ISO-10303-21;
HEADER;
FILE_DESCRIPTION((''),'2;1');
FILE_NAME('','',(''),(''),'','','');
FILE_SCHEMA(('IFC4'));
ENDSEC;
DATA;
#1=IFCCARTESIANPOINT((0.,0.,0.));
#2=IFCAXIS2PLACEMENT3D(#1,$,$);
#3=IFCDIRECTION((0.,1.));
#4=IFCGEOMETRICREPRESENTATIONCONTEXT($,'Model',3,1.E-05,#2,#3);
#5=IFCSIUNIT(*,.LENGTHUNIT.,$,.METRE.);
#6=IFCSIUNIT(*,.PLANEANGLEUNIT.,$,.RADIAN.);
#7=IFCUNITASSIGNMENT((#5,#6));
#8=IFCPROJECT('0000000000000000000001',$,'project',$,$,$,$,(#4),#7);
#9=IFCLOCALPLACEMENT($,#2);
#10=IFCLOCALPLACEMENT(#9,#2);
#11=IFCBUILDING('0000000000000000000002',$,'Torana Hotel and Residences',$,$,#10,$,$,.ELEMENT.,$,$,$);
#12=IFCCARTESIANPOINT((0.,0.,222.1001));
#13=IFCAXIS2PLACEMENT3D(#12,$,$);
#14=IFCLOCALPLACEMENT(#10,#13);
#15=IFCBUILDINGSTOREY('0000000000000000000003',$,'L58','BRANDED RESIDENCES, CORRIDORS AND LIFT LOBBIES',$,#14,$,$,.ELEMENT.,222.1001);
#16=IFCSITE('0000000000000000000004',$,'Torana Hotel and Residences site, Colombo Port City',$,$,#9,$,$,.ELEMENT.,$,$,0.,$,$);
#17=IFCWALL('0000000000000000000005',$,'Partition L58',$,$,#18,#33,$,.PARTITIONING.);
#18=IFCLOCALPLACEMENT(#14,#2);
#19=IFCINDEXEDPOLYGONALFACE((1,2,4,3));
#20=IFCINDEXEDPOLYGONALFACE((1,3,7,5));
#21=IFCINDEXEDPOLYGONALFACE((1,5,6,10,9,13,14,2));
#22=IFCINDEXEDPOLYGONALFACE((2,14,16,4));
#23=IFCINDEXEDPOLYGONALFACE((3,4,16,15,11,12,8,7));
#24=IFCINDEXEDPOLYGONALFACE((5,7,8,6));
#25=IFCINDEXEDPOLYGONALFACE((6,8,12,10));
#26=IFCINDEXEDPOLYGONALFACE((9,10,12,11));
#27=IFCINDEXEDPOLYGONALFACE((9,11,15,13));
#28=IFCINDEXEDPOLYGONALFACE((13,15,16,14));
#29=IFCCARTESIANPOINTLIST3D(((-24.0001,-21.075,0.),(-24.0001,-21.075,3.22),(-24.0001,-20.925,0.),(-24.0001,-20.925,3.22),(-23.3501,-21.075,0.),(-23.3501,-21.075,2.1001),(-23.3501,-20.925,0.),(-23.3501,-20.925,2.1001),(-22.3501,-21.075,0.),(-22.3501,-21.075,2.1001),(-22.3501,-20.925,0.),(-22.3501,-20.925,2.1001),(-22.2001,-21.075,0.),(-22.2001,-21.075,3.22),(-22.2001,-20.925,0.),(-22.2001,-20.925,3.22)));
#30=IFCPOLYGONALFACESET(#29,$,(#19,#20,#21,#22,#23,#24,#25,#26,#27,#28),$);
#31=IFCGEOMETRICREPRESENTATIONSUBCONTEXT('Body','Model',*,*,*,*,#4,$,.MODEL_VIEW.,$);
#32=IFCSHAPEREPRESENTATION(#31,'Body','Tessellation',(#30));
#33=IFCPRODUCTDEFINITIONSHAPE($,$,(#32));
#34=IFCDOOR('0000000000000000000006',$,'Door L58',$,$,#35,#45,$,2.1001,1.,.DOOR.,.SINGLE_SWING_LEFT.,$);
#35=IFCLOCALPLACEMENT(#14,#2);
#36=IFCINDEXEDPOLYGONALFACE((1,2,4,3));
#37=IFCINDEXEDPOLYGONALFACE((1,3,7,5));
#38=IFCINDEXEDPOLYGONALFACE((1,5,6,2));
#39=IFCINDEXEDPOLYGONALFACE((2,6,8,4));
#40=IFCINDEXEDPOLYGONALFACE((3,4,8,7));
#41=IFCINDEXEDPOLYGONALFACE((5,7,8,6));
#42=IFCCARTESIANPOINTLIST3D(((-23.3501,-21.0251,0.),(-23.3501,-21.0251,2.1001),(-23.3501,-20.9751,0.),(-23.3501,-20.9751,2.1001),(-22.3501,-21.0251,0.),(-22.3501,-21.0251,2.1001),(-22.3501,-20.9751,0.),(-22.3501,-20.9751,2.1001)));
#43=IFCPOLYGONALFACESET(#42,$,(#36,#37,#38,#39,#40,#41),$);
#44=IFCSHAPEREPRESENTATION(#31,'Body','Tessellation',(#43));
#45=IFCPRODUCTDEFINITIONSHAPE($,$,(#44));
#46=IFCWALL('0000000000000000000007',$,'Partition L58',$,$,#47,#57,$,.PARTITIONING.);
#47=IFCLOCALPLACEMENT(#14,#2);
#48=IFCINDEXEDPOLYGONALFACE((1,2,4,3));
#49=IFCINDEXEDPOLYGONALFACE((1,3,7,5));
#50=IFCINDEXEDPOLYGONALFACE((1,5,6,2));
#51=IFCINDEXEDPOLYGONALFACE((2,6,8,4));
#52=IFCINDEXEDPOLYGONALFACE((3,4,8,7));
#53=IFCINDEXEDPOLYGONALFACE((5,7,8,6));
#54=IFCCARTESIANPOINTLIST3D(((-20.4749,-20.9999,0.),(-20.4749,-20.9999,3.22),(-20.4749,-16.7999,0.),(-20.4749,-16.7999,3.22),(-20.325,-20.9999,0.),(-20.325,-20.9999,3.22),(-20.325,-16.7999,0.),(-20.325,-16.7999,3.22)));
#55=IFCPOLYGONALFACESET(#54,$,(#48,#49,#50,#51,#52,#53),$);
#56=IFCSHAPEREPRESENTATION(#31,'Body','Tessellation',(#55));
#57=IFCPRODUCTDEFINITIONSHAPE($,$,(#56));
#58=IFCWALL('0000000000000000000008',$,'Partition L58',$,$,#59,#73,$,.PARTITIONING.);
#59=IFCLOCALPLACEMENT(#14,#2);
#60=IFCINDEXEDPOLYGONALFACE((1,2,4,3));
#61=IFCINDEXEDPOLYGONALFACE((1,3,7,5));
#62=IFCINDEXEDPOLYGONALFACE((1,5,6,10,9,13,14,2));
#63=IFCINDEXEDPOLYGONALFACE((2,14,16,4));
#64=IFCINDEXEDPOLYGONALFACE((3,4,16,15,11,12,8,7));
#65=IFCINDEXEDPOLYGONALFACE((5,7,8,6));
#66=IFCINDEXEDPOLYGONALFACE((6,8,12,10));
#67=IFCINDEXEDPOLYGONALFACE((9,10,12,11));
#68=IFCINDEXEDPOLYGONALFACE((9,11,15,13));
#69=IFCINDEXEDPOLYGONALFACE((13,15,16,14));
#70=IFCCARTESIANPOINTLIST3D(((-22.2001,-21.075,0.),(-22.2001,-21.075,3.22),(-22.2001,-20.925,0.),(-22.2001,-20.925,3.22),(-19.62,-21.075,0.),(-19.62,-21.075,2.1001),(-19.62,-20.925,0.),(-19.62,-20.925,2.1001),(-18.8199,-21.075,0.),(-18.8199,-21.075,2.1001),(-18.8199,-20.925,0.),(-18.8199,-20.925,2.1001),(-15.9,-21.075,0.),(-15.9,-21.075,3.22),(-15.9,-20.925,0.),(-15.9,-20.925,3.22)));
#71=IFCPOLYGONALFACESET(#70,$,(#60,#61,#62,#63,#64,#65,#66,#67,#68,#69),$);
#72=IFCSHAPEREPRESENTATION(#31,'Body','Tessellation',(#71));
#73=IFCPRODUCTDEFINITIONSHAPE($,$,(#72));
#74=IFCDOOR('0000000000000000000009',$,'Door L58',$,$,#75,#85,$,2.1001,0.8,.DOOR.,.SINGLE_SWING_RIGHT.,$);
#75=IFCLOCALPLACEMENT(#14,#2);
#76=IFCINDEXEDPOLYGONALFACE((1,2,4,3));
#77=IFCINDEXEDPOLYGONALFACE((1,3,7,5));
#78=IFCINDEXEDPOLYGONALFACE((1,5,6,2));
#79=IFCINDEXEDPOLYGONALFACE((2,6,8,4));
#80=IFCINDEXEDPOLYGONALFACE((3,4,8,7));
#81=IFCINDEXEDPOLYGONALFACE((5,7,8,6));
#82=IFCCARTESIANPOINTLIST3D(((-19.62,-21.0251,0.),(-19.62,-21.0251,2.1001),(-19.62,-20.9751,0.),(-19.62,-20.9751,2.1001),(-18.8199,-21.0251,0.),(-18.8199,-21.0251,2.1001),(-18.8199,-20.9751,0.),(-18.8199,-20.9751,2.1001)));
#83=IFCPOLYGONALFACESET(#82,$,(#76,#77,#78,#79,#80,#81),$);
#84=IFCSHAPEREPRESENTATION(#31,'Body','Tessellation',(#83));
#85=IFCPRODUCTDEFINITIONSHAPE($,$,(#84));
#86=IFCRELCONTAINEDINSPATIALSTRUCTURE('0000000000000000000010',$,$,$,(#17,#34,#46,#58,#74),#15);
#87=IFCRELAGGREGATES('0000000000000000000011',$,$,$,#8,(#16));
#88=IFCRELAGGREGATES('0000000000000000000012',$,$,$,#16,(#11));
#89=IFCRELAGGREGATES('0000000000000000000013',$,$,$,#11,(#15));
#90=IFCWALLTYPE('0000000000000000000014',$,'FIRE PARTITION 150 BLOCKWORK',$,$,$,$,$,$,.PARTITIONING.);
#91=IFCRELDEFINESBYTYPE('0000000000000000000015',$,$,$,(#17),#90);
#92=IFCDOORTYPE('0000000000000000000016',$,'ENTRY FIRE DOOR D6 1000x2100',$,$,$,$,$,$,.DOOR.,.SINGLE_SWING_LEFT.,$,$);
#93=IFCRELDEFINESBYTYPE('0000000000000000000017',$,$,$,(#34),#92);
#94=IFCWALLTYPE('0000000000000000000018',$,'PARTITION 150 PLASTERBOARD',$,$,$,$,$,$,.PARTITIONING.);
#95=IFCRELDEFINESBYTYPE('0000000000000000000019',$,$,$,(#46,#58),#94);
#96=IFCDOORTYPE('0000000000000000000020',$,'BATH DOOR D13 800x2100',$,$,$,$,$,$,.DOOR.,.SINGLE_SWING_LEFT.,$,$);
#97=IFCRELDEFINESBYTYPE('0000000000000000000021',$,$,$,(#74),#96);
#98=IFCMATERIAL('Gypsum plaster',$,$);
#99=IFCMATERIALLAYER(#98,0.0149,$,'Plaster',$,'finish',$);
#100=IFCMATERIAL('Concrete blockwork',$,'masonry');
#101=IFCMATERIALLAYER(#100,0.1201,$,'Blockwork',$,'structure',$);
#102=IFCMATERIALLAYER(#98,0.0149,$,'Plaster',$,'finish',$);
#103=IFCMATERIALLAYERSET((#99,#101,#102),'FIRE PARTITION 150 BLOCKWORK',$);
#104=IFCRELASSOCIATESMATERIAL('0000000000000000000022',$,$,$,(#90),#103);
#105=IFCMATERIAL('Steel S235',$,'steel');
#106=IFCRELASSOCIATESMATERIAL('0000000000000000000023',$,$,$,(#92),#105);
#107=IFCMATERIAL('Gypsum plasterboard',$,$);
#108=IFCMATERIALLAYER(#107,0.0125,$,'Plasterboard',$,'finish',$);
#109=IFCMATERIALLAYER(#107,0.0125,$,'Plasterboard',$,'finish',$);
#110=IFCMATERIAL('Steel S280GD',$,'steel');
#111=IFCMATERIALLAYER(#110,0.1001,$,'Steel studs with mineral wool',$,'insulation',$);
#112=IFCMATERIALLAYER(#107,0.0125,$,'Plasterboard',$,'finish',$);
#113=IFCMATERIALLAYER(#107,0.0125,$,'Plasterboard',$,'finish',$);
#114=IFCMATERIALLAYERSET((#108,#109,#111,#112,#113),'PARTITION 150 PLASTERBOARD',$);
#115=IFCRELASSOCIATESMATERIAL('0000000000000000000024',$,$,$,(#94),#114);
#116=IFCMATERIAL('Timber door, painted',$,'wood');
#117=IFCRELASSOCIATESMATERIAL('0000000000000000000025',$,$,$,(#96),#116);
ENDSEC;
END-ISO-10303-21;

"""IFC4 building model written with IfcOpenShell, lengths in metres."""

from ifc_helpers import new_model, si_unit, direction, frame, frame_2d, origin, place, context, subcontext, project, spatial, rectangle, extrude, material, layer, layer_set, type_object, element, fill, save


model = new_model("IFC4")

# Units and contexts
model_context = context("Model", 3, precision=1e-05, world=origin(), true_north=direction((0.0, 1.0)))
body_context = subcontext(model_context, "Body", "Model", "MODEL_VIEW")
ifc_project = project(units=[si_unit("LENGTHUNIT", "METRE"), si_unit("PLANEANGLEUNIT", "RADIAN")], contexts=[model_context])

# Site, building, storey
site_placement = place(None, origin())
site = spatial("IfcSite", under=ifc_project, at=site_placement, Name="Torana Hotel and Residences site, Colombo Port City", CompositionType="ELEMENT", RefElevation=0.0)
building_placement = place(site_placement, origin())
building = spatial("IfcBuilding", under=site, at=building_placement, Name="Torana Hotel and Residences", CompositionType="ELEMENT")
storey_placement = place(building_placement, frame((0.0, 0.0, 222.1001)))
storey = spatial("IfcBuildingStorey", under=building, at=storey_placement, Name="L58", Description="BRANDED RESIDENCES, CORRIDORS AND LIFT LOBBIES", CompositionType="ELEMENT", Elevation=222.1001)

# Shared definitions
ifc_material_1 = material(Name="Gypsum plaster")
ifc_layer_1 = layer(ifc_material_1, 0.0149, Name="Plaster", Category="finish")
ifc_material_2 = material(Name="Concrete blockwork", Category="masonry")
ifc_layer_2 = layer(ifc_material_2, 0.1201, Name="Blockwork", Category="structure")
ifc_layer_3 = layer(ifc_material_1, 0.0149, Name="Plaster", Category="finish")
ifc_layer_set_1 = layer_set([ifc_layer_1, ifc_layer_2, ifc_layer_3], Name="FIRE PARTITION 150 BLOCKWORK")
wall_type_1 = type_object("IfcWallType", Name="FIRE PARTITION 150 BLOCKWORK", PredefinedType="PARTITIONING", material=ifc_layer_set_1)

# Shared definitions
ifc_material_3 = material(Name="Steel S235", Category="steel")
door_type_1 = type_object("IfcDoorType", Name="ENTRY FIRE DOOR D6 1000x2100", OperationType="SINGLE_SWING_LEFT", PredefinedType="DOOR", material=ifc_material_3)

# Wall, opening, door
wall_1_placement = place(storey_placement, frame((-24.0, -21.0, 0.0), z_axis=(0.0, 0.0, 1.0), x_axis=(1.0, 0.0, 0.0)))
wall_1 = element("IfcWall", 1, at=wall_1_placement, inside=storey, type_object=wall_type_1, Name="Partition L58", PredefinedType="PARTITIONING", context=body_context, shape_type="SweptSolid", body=[
    extrude(rectangle(XDim=1.8, YDim=0.1499, at=frame_2d((0.8999, 0.0))), origin(), (0.0, 0.0, 1.0), 3.22),
])
opening_1_placement = place(wall_1_placement, frame((0.6499, 0.0, 0.0)))
opening_1 = element("IfcOpeningElement", 2, at=opening_1_placement, cuts=wall_1, PredefinedType="OPENING", context=body_context, shape_type="SweptSolid", body=[
    extrude(rectangle(XDim=1.0, YDim=2.1001, at=frame_2d((0.5, 1.05))), frame((0.0, 0.085, 0.0), z_axis=(0.0, -1.0, 0.0), x_axis=(1.0, 0.0, 0.0)), (0.0, 0.0, 1.0), 0.1699),
])
door_1_placement = place(opening_1_placement, frame((0.5, 0.0, 0.0), z_axis=(0.0, 0.0, 1.0), x_axis=(-1.0, 0.0, 0.0)))
door_1 = element("IfcDoor", 3, at=door_1_placement, inside=storey, type_object=door_type_1, Name="Door L58", OperationType="SINGLE_SWING_LEFT", OverallHeight=2.1001, OverallWidth=1.0, PredefinedType="DOOR", context=body_context, shape_type="SweptSolid", body=[
    extrude(rectangle(XDim=1.0, YDim=2.1001, at=frame_2d((0.0, 1.05))), frame((0.0, -0.0249, 0.0), z_axis=(0.0, 1.0, 0.0), x_axis=(-1.0, 0.0, 0.0)), (0.0, 0.0, 1.0), 0.05),
])
fill(opening_1, door_1)

# Wall
ifc_material_4 = material(Name="Gypsum plasterboard")
ifc_layer_4 = layer(ifc_material_4, 0.0125, Name="Plasterboard", Category="finish")
ifc_layer_5 = layer(ifc_material_4, 0.0125, Name="Plasterboard", Category="finish")
ifc_material_5 = material(Name="Steel S280GD", Category="steel")
ifc_layer_6 = layer(ifc_material_5, 0.1001, Name="Steel studs with mineral wool", Category="insulation")
ifc_layer_7 = layer(ifc_material_4, 0.0125, Name="Plasterboard", Category="finish")
ifc_layer_8 = layer(ifc_material_4, 0.0125, Name="Plasterboard", Category="finish")
ifc_layer_set_2 = layer_set([ifc_layer_4, ifc_layer_5, ifc_layer_6, ifc_layer_7, ifc_layer_8], Name="PARTITION 150 PLASTERBOARD")
wall_type_2 = type_object("IfcWallType", Name="PARTITION 150 PLASTERBOARD", PredefinedType="PARTITIONING", material=ifc_layer_set_2)
wall_2_placement = place(storey_placement, frame((-20.3999, -21.0, 0.0), z_axis=(0.0, 0.0, 1.0), x_axis=(0.0, 1.0, 0.0)))
element("IfcWall", 4, at=wall_2_placement, inside=storey, type_object=wall_type_2, Name="Partition L58", PredefinedType="PARTITIONING", context=body_context, shape_type="SweptSolid", body=[
    extrude(rectangle(XDim=4.2, YDim=0.1499, at=frame_2d((2.1001, 0.0))), origin(), (0.0, 0.0, 1.0), 3.22),
])

# Wall, opening, door
wall_3_placement = place(storey_placement, frame((-22.2, -21.0, 0.0), z_axis=(0.0, 0.0, 1.0), x_axis=(1.0, 0.0, 0.0)))
wall_3 = element("IfcWall", 5, at=wall_3_placement, inside=storey, type_object=wall_type_2, Name="Partition L58", PredefinedType="PARTITIONING", context=body_context, shape_type="SweptSolid", body=[
    extrude(rectangle(XDim=6.3, YDim=0.1499, at=frame_2d((3.1499, 0.0))), origin(), (0.0, 0.0, 1.0), 3.22),
])
opening_2_placement = place(wall_3_placement, frame((2.5801, 0.0, 0.0)))
opening_2 = element("IfcOpeningElement", 6, at=opening_2_placement, cuts=wall_3, PredefinedType="OPENING", context=body_context, shape_type="SweptSolid", body=[
    extrude(rectangle(XDim=0.8, YDim=2.1001, at=frame_2d((0.3999, 1.05))), frame((0.0, 0.085, 0.0), z_axis=(0.0, -1.0, 0.0), x_axis=(1.0, 0.0, 0.0)), (0.0, 0.0, 1.0), 0.1699),
])
ifc_material_6 = material(Name="Timber door, painted", Category="wood")
door_type_2 = type_object("IfcDoorType", Name="BATH DOOR D13 800x2100", OperationType="SINGLE_SWING_LEFT", PredefinedType="DOOR", material=ifc_material_6)
door_2_placement = place(opening_2_placement, origin())
door_2 = element("IfcDoor", 7, at=door_2_placement, inside=storey, type_object=door_type_2, Name="Door L58", OperationType="SINGLE_SWING_RIGHT", OverallHeight=2.1001, OverallWidth=0.8, PredefinedType="DOOR", context=body_context, shape_type="SweptSolid", body=[
    extrude(rectangle(XDim=0.8, YDim=2.1001, at=frame_2d((0.3999, 1.05))), frame((0.0, 0.0249, 0.0), z_axis=(0.0, -1.0, 0.0), x_axis=(1.0, 0.0, 0.0)), (0.0, 0.0, 1.0), 0.05),
])
fill(opening_2, door_2)

save(model, "model.ifc")
